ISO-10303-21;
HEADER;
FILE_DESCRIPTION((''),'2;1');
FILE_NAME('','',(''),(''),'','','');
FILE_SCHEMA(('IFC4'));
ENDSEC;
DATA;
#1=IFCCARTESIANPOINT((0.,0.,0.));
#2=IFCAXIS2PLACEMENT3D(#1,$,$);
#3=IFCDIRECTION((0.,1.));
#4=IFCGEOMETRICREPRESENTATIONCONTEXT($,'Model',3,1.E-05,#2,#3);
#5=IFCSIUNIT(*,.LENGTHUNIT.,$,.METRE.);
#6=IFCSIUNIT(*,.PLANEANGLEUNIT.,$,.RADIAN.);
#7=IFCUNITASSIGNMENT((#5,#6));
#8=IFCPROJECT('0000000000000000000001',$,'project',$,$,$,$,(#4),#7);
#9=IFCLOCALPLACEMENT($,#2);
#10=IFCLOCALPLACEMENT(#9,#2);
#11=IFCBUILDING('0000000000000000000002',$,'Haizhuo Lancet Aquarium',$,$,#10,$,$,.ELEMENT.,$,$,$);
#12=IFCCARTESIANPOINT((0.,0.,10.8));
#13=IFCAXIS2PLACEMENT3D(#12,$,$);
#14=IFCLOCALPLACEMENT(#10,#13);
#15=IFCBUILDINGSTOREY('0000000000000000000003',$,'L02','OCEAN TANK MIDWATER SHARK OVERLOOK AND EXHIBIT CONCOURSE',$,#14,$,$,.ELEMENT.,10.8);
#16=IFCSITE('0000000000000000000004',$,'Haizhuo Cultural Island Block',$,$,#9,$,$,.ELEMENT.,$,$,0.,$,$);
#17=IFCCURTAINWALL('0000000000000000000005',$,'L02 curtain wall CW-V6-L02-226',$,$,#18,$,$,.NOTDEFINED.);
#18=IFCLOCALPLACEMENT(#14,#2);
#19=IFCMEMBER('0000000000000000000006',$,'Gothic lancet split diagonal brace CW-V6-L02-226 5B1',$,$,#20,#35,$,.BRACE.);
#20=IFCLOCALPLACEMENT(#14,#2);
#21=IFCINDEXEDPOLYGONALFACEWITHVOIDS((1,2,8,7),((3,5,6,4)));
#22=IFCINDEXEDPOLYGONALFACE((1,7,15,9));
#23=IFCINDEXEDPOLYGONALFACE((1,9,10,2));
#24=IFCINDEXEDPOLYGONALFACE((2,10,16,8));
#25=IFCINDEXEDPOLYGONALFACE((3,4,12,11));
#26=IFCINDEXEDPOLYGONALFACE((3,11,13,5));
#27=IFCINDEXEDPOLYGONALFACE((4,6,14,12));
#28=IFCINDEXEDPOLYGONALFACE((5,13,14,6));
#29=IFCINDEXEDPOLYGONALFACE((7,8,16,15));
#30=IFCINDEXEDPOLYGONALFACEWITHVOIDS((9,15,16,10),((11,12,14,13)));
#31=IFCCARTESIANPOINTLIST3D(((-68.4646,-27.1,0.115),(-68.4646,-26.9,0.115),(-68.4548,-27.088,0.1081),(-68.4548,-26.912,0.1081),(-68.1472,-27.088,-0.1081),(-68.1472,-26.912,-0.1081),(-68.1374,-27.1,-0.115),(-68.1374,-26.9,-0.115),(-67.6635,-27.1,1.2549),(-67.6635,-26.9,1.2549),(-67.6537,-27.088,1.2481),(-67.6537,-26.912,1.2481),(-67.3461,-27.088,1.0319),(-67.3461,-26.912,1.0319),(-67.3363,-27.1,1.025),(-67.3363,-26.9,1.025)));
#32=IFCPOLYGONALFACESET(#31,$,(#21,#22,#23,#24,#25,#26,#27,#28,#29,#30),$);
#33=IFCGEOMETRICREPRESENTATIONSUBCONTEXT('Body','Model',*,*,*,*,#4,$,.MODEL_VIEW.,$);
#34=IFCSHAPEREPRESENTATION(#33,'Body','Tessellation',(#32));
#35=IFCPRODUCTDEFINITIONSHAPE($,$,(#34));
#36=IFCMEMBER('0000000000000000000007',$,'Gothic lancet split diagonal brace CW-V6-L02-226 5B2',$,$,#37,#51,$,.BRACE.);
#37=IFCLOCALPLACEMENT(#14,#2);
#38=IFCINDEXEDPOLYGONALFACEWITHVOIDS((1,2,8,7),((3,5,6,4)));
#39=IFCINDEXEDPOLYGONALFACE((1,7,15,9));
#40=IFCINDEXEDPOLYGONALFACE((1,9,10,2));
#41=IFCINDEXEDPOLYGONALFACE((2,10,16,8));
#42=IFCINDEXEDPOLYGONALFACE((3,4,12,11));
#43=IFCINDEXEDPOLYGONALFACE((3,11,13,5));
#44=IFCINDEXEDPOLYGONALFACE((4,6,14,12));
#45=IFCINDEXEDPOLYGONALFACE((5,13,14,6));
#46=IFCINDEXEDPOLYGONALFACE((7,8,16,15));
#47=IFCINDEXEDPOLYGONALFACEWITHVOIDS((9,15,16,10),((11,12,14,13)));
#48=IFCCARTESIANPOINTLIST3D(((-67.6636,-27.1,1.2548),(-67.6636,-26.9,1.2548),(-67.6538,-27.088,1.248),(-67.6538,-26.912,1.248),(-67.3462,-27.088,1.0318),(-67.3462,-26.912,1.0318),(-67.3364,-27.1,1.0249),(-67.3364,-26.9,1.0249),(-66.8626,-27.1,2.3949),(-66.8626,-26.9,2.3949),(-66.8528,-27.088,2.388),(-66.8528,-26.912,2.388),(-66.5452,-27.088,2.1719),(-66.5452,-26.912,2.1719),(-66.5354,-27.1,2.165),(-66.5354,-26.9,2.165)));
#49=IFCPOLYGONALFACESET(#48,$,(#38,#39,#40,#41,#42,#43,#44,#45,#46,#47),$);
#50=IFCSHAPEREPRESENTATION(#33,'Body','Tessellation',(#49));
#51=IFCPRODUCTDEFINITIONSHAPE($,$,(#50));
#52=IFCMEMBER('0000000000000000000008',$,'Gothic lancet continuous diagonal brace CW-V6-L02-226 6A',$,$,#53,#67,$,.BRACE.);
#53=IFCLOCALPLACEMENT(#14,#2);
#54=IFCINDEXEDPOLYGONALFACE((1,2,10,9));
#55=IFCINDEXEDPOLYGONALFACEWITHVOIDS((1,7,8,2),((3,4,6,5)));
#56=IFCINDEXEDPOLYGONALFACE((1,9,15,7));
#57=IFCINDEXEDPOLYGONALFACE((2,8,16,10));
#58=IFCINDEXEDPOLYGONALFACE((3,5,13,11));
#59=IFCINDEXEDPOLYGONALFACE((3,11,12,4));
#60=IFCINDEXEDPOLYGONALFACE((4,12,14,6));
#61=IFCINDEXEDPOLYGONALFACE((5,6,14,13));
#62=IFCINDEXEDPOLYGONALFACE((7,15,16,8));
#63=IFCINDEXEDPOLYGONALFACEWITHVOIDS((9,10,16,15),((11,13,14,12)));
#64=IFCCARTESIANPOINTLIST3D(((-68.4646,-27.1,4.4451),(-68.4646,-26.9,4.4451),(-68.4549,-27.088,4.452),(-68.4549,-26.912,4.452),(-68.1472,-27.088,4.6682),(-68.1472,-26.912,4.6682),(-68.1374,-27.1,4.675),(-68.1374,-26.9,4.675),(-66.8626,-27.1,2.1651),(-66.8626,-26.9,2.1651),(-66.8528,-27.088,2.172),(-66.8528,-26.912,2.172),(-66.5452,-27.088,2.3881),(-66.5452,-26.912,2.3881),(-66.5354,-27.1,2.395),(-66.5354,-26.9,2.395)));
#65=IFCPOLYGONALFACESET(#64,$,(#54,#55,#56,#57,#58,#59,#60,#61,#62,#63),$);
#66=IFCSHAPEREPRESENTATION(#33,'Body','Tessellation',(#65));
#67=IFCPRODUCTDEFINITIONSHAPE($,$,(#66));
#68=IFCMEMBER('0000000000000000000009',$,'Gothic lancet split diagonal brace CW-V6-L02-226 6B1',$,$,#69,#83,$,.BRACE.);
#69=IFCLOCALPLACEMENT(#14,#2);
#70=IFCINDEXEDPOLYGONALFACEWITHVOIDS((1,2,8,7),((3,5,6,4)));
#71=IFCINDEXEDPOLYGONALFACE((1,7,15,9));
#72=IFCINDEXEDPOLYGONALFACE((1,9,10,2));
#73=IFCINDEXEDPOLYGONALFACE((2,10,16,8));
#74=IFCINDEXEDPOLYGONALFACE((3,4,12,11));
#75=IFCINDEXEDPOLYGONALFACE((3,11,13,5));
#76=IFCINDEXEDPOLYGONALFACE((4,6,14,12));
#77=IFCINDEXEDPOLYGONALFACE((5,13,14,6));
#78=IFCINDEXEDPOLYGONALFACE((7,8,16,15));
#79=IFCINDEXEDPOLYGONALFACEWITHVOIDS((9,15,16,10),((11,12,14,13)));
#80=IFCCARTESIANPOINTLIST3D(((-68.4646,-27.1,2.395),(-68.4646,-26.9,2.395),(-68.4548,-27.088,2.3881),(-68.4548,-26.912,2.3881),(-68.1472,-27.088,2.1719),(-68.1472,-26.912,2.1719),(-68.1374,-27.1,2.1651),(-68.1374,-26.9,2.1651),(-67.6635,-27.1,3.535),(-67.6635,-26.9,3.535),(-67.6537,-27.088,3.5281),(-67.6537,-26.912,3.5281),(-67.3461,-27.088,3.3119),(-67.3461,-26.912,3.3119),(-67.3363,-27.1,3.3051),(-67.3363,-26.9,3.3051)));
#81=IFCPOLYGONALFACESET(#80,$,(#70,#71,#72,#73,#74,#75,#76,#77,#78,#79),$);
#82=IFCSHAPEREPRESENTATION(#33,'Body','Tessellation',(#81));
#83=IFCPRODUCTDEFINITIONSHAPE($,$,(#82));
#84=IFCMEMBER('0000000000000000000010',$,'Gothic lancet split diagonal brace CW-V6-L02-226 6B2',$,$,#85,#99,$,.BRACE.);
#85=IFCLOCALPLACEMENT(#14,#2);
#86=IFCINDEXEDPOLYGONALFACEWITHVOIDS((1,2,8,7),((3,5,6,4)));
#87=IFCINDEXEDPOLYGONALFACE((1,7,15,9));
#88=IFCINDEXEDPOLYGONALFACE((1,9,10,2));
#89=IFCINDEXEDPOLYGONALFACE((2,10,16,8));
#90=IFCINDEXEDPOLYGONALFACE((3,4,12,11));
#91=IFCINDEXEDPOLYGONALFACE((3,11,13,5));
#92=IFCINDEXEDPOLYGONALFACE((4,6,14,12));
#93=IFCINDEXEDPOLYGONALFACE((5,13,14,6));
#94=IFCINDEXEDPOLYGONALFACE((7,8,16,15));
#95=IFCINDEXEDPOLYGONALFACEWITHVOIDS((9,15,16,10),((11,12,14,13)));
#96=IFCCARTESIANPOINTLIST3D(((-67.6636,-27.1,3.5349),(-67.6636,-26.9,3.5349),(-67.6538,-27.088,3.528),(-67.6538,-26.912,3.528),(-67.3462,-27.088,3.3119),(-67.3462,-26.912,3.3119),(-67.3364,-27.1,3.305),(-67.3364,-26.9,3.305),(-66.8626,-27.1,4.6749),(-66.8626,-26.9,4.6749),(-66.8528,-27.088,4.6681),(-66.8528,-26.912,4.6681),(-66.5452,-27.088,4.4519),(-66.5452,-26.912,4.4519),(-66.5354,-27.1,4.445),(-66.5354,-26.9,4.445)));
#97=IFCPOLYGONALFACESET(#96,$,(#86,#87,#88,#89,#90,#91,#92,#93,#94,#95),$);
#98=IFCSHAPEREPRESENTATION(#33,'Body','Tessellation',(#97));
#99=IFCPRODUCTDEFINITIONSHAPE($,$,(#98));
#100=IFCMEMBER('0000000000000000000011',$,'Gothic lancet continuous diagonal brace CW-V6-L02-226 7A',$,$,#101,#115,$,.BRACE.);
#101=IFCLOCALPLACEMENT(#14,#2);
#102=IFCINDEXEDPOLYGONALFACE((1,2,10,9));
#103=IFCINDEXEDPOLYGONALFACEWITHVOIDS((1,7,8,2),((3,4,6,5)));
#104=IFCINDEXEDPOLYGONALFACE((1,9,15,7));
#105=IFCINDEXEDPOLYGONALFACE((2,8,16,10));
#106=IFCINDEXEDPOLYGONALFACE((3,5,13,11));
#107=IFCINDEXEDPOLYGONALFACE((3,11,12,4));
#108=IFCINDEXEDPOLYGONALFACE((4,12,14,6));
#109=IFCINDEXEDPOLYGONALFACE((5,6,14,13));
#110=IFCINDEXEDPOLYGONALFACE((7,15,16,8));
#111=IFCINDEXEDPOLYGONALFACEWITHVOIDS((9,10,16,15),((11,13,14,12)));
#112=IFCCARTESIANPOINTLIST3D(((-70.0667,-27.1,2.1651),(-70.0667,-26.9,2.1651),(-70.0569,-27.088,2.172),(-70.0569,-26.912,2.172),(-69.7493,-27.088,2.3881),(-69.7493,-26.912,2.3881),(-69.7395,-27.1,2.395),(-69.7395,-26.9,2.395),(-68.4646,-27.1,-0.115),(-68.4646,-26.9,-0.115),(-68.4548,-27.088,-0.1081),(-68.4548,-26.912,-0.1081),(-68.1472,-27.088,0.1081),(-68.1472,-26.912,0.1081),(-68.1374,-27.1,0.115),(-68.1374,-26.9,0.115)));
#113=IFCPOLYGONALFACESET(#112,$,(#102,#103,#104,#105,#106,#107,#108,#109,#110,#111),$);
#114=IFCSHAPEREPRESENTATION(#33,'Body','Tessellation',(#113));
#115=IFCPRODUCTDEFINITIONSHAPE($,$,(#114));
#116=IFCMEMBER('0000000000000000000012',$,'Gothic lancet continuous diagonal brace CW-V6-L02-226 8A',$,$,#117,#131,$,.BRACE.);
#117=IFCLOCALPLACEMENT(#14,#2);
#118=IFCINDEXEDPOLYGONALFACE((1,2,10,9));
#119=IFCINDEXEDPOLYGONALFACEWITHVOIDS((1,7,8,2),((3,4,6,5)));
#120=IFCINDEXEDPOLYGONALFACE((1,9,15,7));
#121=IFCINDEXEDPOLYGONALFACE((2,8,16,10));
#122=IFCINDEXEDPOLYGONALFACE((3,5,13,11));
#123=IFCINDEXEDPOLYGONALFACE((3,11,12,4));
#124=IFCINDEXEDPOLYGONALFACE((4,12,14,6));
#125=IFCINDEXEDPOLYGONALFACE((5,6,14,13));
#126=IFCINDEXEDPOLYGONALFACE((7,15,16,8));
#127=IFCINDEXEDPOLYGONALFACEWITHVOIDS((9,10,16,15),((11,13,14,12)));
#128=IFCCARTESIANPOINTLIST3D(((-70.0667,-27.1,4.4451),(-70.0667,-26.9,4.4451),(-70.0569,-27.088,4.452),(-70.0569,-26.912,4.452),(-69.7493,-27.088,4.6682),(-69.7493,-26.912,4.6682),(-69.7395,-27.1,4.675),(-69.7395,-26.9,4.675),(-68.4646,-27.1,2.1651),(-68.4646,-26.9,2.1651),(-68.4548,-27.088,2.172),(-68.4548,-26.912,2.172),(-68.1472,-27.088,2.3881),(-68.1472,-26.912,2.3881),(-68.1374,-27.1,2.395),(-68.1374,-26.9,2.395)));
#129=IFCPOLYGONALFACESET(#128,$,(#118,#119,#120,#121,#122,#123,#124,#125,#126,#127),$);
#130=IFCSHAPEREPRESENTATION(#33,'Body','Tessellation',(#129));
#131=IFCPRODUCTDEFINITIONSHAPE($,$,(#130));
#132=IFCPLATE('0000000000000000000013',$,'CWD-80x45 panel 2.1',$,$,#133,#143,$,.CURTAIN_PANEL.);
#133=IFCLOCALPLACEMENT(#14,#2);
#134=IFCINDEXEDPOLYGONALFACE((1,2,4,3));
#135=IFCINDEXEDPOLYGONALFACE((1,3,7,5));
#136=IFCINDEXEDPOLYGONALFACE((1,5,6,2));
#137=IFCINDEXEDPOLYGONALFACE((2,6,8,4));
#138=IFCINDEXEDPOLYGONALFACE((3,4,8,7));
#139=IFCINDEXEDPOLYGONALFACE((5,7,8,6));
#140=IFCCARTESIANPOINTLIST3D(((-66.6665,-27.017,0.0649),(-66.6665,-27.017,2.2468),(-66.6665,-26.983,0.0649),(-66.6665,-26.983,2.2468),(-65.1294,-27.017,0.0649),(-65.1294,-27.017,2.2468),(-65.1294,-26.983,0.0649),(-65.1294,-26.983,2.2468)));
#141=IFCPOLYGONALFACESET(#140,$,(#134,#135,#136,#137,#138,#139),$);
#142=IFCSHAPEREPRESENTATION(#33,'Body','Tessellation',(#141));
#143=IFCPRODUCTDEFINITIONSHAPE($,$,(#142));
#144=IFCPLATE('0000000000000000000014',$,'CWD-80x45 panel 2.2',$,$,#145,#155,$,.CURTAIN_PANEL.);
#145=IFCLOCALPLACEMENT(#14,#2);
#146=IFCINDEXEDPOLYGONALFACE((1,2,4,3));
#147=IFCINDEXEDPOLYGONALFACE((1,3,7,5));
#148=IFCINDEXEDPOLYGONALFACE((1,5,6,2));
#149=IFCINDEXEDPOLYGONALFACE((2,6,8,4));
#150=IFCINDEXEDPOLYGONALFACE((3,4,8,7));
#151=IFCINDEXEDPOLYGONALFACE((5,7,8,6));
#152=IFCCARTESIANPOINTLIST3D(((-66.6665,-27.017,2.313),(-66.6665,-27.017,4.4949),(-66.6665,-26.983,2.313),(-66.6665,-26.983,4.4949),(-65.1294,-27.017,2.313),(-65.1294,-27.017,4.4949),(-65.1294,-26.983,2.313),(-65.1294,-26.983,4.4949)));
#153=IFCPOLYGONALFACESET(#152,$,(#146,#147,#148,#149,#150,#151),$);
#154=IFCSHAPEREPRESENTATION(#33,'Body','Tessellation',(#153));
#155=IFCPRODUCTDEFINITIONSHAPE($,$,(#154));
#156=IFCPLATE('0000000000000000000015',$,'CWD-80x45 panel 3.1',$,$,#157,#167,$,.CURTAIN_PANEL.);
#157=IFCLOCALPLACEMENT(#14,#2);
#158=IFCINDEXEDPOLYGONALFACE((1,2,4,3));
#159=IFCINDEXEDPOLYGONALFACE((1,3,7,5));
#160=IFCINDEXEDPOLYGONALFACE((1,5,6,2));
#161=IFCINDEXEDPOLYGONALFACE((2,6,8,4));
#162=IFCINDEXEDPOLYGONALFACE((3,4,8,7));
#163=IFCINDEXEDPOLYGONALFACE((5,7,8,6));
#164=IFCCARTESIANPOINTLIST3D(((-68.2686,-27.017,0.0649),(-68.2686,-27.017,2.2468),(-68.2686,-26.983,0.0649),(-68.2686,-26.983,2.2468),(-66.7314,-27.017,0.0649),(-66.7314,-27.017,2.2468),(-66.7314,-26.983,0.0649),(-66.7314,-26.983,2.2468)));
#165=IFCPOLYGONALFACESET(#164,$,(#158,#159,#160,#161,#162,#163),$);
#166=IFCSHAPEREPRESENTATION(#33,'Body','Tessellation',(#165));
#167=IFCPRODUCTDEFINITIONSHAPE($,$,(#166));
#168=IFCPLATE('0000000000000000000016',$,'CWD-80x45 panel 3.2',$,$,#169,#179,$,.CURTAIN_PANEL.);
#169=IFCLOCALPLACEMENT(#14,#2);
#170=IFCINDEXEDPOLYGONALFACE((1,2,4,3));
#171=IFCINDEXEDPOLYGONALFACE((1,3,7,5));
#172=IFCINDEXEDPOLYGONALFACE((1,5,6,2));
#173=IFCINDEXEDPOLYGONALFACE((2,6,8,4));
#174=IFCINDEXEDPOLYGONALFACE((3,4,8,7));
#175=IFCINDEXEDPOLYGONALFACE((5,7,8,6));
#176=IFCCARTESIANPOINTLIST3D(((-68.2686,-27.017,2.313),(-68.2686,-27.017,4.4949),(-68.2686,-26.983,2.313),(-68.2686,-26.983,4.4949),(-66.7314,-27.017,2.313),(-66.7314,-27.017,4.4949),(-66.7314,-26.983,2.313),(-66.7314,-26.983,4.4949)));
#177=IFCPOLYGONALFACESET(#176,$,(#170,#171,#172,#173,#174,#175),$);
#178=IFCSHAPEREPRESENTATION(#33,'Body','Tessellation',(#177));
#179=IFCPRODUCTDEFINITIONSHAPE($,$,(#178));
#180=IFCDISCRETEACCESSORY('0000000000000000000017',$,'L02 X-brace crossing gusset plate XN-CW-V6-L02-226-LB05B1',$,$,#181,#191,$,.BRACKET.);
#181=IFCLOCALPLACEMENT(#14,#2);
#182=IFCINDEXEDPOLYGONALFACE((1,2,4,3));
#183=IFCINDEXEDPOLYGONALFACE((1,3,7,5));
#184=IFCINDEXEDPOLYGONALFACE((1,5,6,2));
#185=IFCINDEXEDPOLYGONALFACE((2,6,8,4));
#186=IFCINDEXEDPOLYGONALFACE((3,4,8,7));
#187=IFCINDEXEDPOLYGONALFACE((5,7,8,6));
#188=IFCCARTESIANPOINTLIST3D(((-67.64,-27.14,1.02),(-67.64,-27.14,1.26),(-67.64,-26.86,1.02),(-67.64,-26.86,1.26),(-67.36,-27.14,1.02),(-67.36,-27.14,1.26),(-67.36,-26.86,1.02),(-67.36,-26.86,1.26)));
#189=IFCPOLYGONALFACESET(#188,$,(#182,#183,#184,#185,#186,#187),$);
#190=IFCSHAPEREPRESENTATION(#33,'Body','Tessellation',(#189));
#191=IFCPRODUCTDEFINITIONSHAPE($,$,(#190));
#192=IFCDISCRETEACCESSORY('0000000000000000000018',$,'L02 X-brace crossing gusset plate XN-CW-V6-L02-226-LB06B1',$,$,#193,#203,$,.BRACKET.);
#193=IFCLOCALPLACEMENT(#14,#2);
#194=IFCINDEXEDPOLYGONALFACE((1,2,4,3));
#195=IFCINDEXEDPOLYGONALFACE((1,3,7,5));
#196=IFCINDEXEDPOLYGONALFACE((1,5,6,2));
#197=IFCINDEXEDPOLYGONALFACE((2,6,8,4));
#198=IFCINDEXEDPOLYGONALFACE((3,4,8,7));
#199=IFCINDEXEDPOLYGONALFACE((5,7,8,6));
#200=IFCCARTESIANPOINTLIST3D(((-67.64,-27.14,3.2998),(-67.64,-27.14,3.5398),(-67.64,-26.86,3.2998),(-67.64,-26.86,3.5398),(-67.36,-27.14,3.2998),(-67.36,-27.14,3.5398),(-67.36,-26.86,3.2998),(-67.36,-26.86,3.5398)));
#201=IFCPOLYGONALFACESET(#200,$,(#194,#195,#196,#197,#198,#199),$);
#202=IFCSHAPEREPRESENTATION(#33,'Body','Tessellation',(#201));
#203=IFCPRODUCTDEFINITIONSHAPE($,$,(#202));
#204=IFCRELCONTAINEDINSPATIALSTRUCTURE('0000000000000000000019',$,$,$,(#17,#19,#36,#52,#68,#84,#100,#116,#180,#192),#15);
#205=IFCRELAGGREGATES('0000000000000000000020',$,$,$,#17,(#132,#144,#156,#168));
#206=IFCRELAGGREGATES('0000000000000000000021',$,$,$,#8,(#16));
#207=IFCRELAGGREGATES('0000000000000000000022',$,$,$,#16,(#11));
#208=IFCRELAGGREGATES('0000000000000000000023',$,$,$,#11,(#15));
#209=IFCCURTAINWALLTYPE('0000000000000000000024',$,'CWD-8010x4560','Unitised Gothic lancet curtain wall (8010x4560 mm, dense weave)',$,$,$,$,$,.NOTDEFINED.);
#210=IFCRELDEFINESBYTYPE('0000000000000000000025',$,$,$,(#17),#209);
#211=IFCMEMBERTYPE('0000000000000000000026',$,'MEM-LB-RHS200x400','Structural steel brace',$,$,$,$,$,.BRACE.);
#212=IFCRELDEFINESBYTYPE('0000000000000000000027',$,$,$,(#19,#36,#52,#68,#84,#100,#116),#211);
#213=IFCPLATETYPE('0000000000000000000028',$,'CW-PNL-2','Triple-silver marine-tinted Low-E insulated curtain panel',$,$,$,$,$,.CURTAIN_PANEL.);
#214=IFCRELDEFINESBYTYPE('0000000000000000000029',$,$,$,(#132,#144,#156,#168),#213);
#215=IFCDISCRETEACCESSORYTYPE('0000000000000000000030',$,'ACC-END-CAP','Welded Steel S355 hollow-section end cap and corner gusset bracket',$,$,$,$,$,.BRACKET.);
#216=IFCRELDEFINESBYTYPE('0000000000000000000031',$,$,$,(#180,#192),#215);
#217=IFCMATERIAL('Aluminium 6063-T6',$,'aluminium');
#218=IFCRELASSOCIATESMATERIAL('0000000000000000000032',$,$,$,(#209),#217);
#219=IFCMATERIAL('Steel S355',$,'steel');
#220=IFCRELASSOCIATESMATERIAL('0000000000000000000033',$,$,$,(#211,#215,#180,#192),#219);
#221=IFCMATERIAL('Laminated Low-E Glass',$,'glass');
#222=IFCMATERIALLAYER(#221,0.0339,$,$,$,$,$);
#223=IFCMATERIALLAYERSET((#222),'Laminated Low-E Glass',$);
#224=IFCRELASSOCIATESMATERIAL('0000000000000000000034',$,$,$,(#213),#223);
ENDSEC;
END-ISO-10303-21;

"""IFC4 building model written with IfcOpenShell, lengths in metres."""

from ifc_helpers import new_model, si_unit, direction, frame, origin, origin_2d, place, context, subcontext, project, spatial, rectangle, hollow_rectangle, extrude, material, layer, layer_set, material_profile, profile_set, type_object, element, aggregate, save


model = new_model("IFC4")

# Units and contexts
model_context = context("Model", 3, precision=1e-05, world=origin(), true_north=direction((0.0, 1.0)))
body_context = subcontext(model_context, "Body", "Model", "MODEL_VIEW")
ifc_project = project(units=[si_unit("LENGTHUNIT", "METRE"), si_unit("PLANEANGLEUNIT", "RADIAN")], contexts=[model_context])

# Site, building, storey
site_placement = place(None, origin())
site = spatial("IfcSite", under=ifc_project, at=site_placement, Name="Haizhuo Cultural Island Block", CompositionType="ELEMENT", RefElevation=0.0)
building_placement = place(site_placement, origin())
building = spatial("IfcBuilding", under=site, at=building_placement, Name="Haizhuo Lancet Aquarium", CompositionType="ELEMENT")
storey_placement = place(building_placement, frame((0.0, 0.0, 10.8)))
storey = spatial("IfcBuildingStorey", under=building, at=storey_placement, Name="L02", Description="OCEAN TANK MIDWATER SHARK OVERLOOK AND EXHIBIT CONCOURSE", CompositionType="ELEMENT", Elevation=10.8)

# Curtain wall
ifc_material_1 = material(Name="Aluminium 6063-T6", Category="aluminium")
curtain_wall_type = type_object("IfcCurtainWallType", Name="CWD-8010x4560", Description="Unitised Gothic lancet curtain wall (8010x4560 mm, dense weave)", PredefinedType="NOTDEFINED", material=ifc_material_1)
curtain_wall_placement = place(storey_placement, origin())
curtain_wall = element("IfcCurtainWall", 1, at=curtain_wall_placement, inside=storey, type_object=curtain_wall_type, Name="L02 curtain wall CW-V6-L02-226", PredefinedType="NOTDEFINED")

# Members
ifc_material_2 = material(Name="Steel S355", Category="steel")
ifc_material_profile_1 = material_profile(ifc_material_2, hollow_rectangle(XDim=0.2, YDim=0.3999, WallThickness=0.012, at=origin_2d()), Name="RHS 200x400x12")
ifc_profile_set_1 = profile_set([ifc_material_profile_1], Name="Steel S355")
member_type_1 = type_object("IfcMemberType", Name="MEM-LB-RHS200x400", Description="Structural steel brace", PredefinedType="BRACE", material=ifc_profile_set_1)
for number, where, z_axis, x_axis, name in (
    (2, (-68.301, -27.0, 0.0), (0.574955, 0.0, 0.818185), (0.0, 1.0, 0.0), "Gothic lancet split diagonal brace CW-V6-L02-226 5B1"),
    (3, (-67.5, -27.0, 1.1399), (0.574873, 0.0, 0.818243), (0.0, 1.0, 0.0), "Gothic lancet split diagonal brace CW-V6-L02-226 5B2"),
):
    element("IfcMember", number, at=place(storey_placement, frame(where, z_axis=z_axis, x_axis=x_axis)), inside=storey, type_object=member_type_1, Name=name, PredefinedType="BRACE", context=body_context, shape_type="SweptSolid", body=[
        extrude(hollow_rectangle(XDim=0.2, YDim=0.3999, WallThickness=0.012, at=origin_2d()), origin(), (0.0, 0.0, 1.0), 1.3933),
    ])
member_1_placement = place(storey_placement, frame((-66.699, -27.0, 2.28), z_axis=(-0.574914, 0.0, 0.818214), x_axis=(0.0, -1.0, 0.0)))
element("IfcMember", 4, at=member_1_placement, inside=storey, type_object=member_type_1, Name="Gothic lancet continuous diagonal brace CW-V6-L02-226 6A", PredefinedType="BRACE", context=body_context, shape_type="SweptSolid", body=[
    extrude(hollow_rectangle(XDim=0.2, YDim=0.3999, WallThickness=0.012, at=origin_2d()), origin(), (0.0, 0.0, 1.0), 2.7866),
])
for number, where, z_axis, x_axis, name in (
    (5, (-68.301, -27.0, 2.28), (0.574955, 0.0, 0.818185), (0.0, 1.0, 0.0), "Gothic lancet split diagonal brace CW-V6-L02-226 6B1"),
    (6, (-67.5, -27.0, 3.4199), (0.574873, 0.0, 0.818243), (0.0, 1.0, 0.0), "Gothic lancet split diagonal brace CW-V6-L02-226 6B2"),
):
    element("IfcMember", number, at=place(storey_placement, frame(where, z_axis=z_axis, x_axis=x_axis)), inside=storey, type_object=member_type_1, Name=name, PredefinedType="BRACE", context=body_context, shape_type="SweptSolid", body=[
        extrude(hollow_rectangle(XDim=0.2, YDim=0.3999, WallThickness=0.012, at=origin_2d()), origin(), (0.0, 0.0, 1.0), 1.3933),
    ])
for number, where, z_axis, x_axis, name in (
    (7, (-68.301, -27.0, 0.0), (-0.574914, 0.0, 0.818214), (0.0, -1.0, 0.0), "Gothic lancet continuous diagonal brace CW-V6-L02-226 7A"),
    (8, (-68.301, -27.0, 2.28), (-0.574914, 0.0, 0.818214), (0.0, -1.0, 0.0), "Gothic lancet continuous diagonal brace CW-V6-L02-226 8A"),
):
    element("IfcMember", number, at=place(storey_placement, frame(where, z_axis=z_axis, x_axis=x_axis)), inside=storey, type_object=member_type_1, Name=name, PredefinedType="BRACE", context=body_context, shape_type="SweptSolid", body=[
        extrude(hollow_rectangle(XDim=0.2, YDim=0.3999, WallThickness=0.012, at=origin_2d()), origin(), (0.0, 0.0, 1.0), 2.7866),
    ])

# Plates
ifc_material_3 = material(Name="Laminated Low-E Glass", Category="glass")
ifc_layer = layer(ifc_material_3, 0.0339)
ifc_layer_set = layer_set([ifc_layer], Name="Laminated Low-E Glass")
plate_type = type_object("IfcPlateType", Name="CW-PNL-2", Description="Triple-silver marine-tinted Low-E insulated curtain panel", PredefinedType="CURTAIN_PANEL", material=ifc_layer_set)
plate_1_placement = place(storey_placement, frame((-65.8979, -27.0, 0.0649), z_axis=(0.0, 0.0, 1.0), x_axis=(-1.0, 0.0, 0.0)))
plate_1 = element("IfcPlate", 9, at=plate_1_placement, type_object=plate_type, Name="CWD-80x45 panel 2.1", PredefinedType="CURTAIN_PANEL", context=body_context, shape_type="SweptSolid", body=[
    extrude(rectangle(XDim=1.5371, YDim=0.0339, at=origin_2d()), origin(), (0.0, 0.0, 1.0), 2.1819),
])
plate_2_placement = place(storey_placement, frame((-65.8979, -27.0, 2.313), z_axis=(0.0, 0.0, 1.0), x_axis=(-1.0, 0.0, 0.0)))
plate_2 = element("IfcPlate", 10, at=plate_2_placement, type_object=plate_type, Name="CWD-80x45 panel 2.2", PredefinedType="CURTAIN_PANEL", context=body_context, shape_type="SweptSolid", body=[
    extrude(rectangle(XDim=1.5371, YDim=0.0339, at=origin_2d()), origin(), (0.0, 0.0, 1.0), 2.1819),
])
plate_3_placement = place(storey_placement, frame((-67.5, -27.0, 0.0649), z_axis=(0.0, 0.0, 1.0), x_axis=(-1.0, 0.0, 0.0)))
plate_3 = element("IfcPlate", 11, at=plate_3_placement, type_object=plate_type, Name="CWD-80x45 panel 3.1", PredefinedType="CURTAIN_PANEL", context=body_context, shape_type="SweptSolid", body=[
    extrude(rectangle(XDim=1.5371, YDim=0.0339, at=origin_2d()), origin(), (0.0, 0.0, 1.0), 2.1819),
])
plate_4_placement = place(storey_placement, frame((-67.5, -27.0, 2.313), z_axis=(0.0, 0.0, 1.0), x_axis=(-1.0, 0.0, 0.0)))
plate_4 = element("IfcPlate", 12, at=plate_4_placement, type_object=plate_type, Name="CWD-80x45 panel 3.2", PredefinedType="CURTAIN_PANEL", context=body_context, shape_type="SweptSolid", body=[
    extrude(rectangle(XDim=1.5371, YDim=0.0339, at=origin_2d()), origin(), (0.0, 0.0, 1.0), 2.1819),
])
aggregate(curtain_wall, [plate_1, plate_2, plate_3, plate_4])

# Discrete accessories
discrete_accessory_type = type_object("IfcDiscreteAccessoryType", Name="ACC-END-CAP", Description="Welded Steel S355 hollow-section end cap and corner gusset bracket", PredefinedType="BRACKET", material=ifc_material_2)
for number, where, z_axis, x_axis, name in (
    (13, (-67.5, -27.0, 1.02), (0.0, 0.0, 1.0), (1.0, 0.0, 0.0), "L02 X-brace crossing gusset plate XN-CW-V6-L02-226-LB05B1"),
    (14, (-67.5, -27.0, 3.2998), (0.0, 0.0, 1.0), (1.0, 0.0, 0.0), "L02 X-brace crossing gusset plate XN-CW-V6-L02-226-LB06B1"),
):
    element("IfcDiscreteAccessory", number, at=place(storey_placement, frame(where, z_axis=z_axis, x_axis=x_axis)), inside=storey, type_object=discrete_accessory_type, material=ifc_material_2, Name=name, PredefinedType="BRACKET", context=body_context, shape_type="SweptSolid", body=[
        extrude(rectangle(XDim=0.28, YDim=0.28, at=origin_2d()), origin(), (0.0, 0.0, 1.0), 0.24),
    ])

save(model, "model.ifc")
